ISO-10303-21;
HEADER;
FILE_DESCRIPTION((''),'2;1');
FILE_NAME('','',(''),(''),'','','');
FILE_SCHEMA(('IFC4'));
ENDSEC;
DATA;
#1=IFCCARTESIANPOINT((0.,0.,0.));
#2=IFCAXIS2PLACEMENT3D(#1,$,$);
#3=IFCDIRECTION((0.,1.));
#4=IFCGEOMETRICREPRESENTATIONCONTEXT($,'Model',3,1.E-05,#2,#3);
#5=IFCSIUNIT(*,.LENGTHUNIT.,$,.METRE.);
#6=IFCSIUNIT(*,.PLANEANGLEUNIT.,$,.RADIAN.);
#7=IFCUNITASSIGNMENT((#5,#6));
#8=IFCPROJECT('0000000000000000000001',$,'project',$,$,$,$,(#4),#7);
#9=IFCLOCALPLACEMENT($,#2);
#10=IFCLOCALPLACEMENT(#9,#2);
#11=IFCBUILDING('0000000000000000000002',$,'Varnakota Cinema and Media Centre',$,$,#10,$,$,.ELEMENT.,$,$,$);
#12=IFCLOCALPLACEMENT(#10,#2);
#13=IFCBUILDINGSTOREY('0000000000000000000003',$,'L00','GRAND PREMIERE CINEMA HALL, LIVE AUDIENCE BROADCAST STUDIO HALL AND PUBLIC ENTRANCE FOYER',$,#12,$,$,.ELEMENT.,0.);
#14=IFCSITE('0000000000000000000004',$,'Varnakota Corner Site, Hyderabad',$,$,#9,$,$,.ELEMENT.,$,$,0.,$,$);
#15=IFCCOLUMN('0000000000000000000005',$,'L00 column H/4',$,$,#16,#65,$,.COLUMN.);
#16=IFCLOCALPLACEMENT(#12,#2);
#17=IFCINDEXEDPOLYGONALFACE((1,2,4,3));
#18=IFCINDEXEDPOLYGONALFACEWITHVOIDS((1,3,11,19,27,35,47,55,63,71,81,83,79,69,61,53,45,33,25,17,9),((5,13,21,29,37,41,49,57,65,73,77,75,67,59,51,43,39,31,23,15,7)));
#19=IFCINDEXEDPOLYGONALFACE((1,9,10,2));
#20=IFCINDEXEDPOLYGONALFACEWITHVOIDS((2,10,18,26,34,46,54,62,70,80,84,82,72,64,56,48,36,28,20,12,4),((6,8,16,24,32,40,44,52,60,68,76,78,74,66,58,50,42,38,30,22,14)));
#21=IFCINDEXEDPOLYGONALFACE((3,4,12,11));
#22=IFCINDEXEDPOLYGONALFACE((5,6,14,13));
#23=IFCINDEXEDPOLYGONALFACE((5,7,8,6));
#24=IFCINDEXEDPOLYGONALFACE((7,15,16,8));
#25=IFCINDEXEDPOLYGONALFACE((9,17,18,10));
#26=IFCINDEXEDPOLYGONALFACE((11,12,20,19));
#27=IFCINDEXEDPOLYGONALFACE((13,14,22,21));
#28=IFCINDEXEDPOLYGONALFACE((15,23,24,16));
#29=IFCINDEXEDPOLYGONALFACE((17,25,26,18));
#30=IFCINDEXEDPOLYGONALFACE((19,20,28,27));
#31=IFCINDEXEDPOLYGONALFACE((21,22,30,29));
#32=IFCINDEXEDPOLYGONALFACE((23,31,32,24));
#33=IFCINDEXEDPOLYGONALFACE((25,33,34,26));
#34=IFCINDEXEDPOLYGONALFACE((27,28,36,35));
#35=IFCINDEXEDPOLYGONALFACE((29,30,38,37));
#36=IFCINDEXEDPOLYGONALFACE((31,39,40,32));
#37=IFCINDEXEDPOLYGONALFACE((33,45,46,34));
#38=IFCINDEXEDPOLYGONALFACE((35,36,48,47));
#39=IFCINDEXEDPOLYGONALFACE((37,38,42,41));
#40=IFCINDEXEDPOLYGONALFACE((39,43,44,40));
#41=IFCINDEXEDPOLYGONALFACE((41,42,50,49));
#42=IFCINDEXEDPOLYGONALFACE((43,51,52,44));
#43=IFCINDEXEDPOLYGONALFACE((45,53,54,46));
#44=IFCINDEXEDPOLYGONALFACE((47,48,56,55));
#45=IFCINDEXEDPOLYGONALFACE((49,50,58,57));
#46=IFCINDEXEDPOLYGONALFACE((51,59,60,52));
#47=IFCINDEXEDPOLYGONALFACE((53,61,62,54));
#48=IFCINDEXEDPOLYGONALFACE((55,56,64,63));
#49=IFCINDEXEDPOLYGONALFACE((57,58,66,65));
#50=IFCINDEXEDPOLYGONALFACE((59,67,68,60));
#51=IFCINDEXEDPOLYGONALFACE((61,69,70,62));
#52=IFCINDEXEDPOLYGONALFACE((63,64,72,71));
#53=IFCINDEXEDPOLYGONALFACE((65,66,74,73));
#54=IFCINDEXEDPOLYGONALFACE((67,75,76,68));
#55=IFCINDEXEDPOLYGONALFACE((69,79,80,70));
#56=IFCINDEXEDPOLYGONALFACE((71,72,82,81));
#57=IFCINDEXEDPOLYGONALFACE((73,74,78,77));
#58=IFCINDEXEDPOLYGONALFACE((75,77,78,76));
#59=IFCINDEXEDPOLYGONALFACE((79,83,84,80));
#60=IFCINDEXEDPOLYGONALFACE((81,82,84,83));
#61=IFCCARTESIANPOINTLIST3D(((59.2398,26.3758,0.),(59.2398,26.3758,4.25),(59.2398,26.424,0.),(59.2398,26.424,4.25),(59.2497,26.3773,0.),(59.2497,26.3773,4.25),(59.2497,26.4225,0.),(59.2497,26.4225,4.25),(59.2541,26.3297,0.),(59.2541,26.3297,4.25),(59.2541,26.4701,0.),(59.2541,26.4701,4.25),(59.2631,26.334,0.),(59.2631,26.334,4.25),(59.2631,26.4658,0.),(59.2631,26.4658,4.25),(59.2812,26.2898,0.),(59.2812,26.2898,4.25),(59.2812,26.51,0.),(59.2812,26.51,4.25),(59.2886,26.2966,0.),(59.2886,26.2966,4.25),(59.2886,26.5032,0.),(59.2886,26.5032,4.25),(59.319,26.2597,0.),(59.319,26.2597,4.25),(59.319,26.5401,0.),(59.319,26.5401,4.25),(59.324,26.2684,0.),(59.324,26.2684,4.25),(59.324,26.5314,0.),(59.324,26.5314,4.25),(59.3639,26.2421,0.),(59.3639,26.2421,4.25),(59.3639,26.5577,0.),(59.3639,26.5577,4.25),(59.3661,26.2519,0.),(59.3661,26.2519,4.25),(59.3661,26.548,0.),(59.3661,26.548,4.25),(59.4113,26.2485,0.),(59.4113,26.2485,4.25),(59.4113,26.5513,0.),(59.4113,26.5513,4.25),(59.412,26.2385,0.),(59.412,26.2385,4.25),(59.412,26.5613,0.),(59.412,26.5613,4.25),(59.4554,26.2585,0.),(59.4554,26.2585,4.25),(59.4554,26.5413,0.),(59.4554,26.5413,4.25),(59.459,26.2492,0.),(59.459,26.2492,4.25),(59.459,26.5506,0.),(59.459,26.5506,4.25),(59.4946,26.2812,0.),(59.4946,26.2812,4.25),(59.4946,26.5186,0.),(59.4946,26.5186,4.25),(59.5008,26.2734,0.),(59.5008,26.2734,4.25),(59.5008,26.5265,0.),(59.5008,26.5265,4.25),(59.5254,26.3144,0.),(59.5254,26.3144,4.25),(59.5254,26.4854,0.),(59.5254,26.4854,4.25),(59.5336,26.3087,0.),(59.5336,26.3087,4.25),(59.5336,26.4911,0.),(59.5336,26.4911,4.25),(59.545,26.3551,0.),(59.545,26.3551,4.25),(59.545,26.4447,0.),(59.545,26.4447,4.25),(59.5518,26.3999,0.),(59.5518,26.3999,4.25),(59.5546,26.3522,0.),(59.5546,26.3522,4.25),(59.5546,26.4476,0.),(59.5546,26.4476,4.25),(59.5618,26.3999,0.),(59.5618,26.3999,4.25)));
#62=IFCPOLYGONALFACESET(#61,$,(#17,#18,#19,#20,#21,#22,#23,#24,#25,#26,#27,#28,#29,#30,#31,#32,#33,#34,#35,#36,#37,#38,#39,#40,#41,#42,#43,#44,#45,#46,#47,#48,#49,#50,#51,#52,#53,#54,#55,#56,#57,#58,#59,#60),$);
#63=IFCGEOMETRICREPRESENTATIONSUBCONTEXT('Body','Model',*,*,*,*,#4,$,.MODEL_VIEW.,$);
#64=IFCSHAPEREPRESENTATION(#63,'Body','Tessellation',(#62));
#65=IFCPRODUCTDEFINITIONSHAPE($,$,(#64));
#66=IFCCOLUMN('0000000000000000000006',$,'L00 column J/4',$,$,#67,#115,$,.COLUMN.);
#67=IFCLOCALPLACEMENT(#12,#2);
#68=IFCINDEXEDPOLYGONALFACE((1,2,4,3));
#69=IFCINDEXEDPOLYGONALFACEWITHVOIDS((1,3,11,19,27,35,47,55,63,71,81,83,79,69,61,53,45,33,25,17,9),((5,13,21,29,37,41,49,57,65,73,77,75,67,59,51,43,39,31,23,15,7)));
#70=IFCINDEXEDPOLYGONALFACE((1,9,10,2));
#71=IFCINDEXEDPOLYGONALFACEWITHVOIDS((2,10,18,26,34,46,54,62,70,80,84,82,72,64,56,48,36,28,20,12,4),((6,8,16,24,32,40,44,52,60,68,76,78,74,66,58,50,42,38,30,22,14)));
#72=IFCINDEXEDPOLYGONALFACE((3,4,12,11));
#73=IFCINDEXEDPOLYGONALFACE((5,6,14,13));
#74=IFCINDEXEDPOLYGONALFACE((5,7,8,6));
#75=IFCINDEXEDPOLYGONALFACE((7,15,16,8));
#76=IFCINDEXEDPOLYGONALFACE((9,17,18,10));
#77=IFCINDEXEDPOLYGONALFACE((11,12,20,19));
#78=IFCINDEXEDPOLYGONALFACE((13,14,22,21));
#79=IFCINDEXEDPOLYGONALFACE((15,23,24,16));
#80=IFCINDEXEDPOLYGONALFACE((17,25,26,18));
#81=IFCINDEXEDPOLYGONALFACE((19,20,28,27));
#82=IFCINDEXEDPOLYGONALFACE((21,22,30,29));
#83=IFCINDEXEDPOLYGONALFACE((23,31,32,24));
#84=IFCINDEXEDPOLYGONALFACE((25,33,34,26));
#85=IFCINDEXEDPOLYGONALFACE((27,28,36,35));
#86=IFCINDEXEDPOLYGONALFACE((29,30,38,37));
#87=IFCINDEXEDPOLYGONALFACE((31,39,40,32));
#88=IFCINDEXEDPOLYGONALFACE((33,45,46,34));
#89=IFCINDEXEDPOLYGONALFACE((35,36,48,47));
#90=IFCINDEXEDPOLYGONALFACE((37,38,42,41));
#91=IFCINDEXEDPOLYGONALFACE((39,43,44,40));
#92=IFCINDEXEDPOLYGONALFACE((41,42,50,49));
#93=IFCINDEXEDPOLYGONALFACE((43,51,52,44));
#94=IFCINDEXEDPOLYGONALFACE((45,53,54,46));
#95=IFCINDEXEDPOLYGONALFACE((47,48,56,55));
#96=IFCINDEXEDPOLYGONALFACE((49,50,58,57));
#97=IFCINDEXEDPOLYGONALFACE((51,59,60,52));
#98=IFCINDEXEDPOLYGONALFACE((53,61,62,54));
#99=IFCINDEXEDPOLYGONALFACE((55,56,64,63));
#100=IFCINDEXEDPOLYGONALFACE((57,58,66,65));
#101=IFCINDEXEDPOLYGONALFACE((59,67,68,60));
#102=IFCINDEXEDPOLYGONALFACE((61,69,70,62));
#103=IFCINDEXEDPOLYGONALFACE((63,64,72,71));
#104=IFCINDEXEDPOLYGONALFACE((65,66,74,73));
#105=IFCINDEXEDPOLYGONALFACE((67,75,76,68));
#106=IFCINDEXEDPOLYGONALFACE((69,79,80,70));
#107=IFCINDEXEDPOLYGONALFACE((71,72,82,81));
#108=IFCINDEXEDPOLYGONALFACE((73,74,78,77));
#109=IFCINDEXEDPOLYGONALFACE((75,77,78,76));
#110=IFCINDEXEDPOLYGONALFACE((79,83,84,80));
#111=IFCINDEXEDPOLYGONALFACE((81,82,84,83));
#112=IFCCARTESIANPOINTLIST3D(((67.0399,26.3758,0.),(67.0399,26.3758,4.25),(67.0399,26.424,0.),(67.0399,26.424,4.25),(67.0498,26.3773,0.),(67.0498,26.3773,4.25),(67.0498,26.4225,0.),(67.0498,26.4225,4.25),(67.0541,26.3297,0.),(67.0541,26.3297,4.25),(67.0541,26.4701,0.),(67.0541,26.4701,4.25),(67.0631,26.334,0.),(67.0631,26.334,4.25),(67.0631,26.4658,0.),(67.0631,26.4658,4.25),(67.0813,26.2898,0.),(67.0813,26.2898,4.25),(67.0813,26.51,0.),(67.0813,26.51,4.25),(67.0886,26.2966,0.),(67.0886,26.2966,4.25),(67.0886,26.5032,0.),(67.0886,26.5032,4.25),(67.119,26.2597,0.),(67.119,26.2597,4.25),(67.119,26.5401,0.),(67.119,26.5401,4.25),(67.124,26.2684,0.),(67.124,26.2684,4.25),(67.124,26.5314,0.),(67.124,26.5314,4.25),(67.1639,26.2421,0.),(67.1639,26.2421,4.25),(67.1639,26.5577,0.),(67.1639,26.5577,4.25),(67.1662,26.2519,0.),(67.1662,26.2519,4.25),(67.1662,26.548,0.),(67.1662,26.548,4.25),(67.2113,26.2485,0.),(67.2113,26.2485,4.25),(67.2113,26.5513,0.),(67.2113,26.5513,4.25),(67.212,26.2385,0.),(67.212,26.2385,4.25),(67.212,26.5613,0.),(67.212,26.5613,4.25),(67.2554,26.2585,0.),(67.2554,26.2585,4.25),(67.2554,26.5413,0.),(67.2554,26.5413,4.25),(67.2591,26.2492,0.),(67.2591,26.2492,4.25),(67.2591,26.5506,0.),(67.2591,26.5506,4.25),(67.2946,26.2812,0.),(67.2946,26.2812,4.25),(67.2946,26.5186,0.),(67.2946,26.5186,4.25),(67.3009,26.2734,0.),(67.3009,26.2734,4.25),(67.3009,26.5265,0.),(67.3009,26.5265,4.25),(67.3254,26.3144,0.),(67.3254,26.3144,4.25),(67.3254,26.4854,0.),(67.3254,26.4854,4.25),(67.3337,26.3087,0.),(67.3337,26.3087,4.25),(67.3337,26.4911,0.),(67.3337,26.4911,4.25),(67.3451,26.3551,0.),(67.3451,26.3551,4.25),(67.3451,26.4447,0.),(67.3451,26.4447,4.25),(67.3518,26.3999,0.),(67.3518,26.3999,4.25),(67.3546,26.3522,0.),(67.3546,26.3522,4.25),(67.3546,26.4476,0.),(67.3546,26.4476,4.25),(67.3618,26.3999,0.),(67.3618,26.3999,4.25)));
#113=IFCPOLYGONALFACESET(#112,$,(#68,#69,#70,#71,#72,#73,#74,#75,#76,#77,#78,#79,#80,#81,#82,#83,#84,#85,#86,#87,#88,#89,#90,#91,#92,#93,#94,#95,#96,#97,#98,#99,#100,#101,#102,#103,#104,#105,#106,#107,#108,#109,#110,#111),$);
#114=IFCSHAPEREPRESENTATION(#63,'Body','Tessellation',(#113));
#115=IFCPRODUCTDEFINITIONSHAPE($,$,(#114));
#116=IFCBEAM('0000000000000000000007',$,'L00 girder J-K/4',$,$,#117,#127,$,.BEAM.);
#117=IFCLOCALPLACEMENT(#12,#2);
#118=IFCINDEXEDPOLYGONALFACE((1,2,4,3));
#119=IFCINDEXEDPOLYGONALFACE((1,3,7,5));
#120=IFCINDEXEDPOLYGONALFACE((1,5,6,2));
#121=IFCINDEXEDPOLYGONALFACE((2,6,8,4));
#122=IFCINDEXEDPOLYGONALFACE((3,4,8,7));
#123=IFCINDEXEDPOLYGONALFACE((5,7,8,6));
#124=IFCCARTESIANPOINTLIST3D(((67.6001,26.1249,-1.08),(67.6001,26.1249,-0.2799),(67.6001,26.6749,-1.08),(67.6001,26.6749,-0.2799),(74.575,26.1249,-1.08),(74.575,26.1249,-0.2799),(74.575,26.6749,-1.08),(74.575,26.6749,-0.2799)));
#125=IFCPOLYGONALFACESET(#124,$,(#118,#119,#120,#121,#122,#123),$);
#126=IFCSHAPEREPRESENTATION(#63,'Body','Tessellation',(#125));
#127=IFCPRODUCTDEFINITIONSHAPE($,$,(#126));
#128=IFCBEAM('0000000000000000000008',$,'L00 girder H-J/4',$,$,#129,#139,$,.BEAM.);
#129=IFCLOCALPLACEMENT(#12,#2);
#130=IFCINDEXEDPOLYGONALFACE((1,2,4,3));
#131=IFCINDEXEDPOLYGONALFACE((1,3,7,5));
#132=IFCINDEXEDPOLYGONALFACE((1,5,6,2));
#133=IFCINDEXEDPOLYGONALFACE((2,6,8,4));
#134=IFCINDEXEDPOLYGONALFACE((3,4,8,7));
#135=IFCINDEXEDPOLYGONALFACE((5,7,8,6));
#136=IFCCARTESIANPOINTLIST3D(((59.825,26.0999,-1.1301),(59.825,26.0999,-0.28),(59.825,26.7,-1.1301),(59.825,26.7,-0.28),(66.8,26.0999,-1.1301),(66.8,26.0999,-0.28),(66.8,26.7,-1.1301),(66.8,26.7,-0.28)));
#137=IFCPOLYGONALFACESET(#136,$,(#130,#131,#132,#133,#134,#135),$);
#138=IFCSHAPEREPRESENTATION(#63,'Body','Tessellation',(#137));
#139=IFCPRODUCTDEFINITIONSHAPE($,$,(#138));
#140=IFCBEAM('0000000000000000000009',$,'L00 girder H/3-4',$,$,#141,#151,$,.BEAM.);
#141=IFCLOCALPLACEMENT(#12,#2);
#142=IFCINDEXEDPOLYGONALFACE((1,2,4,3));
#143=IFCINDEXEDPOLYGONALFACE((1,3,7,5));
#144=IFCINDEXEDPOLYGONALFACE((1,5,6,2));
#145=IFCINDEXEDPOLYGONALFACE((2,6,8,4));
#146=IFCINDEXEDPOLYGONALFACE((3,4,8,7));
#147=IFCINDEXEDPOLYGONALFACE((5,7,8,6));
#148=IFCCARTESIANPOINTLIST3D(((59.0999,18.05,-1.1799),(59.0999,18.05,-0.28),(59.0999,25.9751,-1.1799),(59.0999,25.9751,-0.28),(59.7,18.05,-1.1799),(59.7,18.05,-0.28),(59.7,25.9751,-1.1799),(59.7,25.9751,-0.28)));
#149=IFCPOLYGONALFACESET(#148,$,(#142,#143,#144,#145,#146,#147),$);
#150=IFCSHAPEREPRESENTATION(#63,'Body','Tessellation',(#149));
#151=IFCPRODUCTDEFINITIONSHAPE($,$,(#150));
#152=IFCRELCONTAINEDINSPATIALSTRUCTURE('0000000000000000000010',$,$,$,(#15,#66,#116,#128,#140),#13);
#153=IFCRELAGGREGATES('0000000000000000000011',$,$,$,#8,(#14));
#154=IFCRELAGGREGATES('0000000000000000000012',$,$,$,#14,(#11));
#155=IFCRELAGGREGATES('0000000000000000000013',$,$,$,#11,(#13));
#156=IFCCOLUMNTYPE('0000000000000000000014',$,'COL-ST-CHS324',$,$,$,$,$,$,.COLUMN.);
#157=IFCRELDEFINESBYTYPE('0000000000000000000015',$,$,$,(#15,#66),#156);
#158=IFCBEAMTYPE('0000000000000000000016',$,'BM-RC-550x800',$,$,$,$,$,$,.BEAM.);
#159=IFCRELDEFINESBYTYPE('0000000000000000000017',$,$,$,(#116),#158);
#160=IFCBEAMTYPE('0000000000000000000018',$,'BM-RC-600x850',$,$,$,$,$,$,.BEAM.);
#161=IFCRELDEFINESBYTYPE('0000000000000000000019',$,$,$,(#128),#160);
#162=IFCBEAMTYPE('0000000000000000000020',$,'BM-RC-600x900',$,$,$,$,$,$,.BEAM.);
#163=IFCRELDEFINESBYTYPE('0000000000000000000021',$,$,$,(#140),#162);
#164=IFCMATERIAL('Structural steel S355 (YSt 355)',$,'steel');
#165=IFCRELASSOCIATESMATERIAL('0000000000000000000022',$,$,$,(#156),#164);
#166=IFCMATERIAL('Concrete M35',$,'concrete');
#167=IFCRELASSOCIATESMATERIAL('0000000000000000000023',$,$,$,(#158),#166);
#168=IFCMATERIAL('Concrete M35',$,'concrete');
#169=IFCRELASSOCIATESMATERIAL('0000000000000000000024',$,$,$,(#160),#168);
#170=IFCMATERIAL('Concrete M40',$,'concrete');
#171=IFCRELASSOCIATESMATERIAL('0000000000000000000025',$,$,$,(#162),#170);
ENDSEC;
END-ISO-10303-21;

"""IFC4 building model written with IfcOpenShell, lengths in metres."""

from ifc_helpers import new_model, si_unit, direction, frame, origin, origin_2d, place, context, subcontext, project, spatial, rectangle, hollow_circle, extrude, material, material_profile, profile_set, type_object, element, save


model = new_model("IFC4")

# Units and contexts
model_context = context("Model", 3, precision=1e-05, world=origin(), true_north=direction((0.0, 1.0)))
body_context = subcontext(model_context, "Body", "Model", "MODEL_VIEW")
ifc_project = project(units=[si_unit("LENGTHUNIT", "METRE"), si_unit("PLANEANGLEUNIT", "RADIAN")], contexts=[model_context])

# Site, building, storey
site_placement = place(None, origin())
site = spatial("IfcSite", under=ifc_project, at=site_placement, Name="Varnakota Corner Site, Hyderabad", CompositionType="ELEMENT", RefElevation=0.0)
building_placement = place(site_placement, origin())
building = spatial("IfcBuilding", under=site, at=building_placement, Name="Varnakota Cinema and Media Centre", CompositionType="ELEMENT")
storey_placement = place(building_placement, origin())
storey = spatial("IfcBuildingStorey", under=building, at=storey_placement, Name="L00", Description="GRAND PREMIERE CINEMA HALL, LIVE AUDIENCE BROADCAST STUDIO HALL AND PUBLIC ENTRANCE FOYER", CompositionType="ELEMENT", Elevation=0.0)

# Columns
ifc_material_1 = material(Name="Structural steel S355 (YSt 355)", Category="steel")
ifc_material_profile_1 = material_profile(ifc_material_1, hollow_circle(Radius=0.1619, WallThickness=0.01, at=origin_2d()), Name="CHS 323.9x10.0")
ifc_profile_set_1 = profile_set([ifc_material_profile_1], Name="Structural steel S355 (YSt 355)")
column_type = type_object("IfcColumnType", Name="COL-ST-CHS324", PredefinedType="COLUMN", material=ifc_profile_set_1)
for number, where, z_axis, x_axis, name in (
    (1, (59.3999, 26.3999, 0.0), (0.0, 0.0, 1.0), (1.0, 0.0, 0.0), "L00 column H/4"),
    (2, (67.2, 26.3999, 0.0), (0.0, 0.0, 1.0), (1.0, 0.0, 0.0), "L00 column J/4"),
):
    element("IfcColumn", number, at=place(storey_placement, frame(where, z_axis=z_axis, x_axis=x_axis)), inside=storey, type_object=column_type, Name=name, PredefinedType="COLUMN", context=body_context, shape_type="SweptSolid", body=[
        extrude(hollow_circle(Radius=0.1619, WallThickness=0.01, at=origin_2d()), origin(), (0.0, 0.0, 1.0), 4.25),
    ])

# Beams
ifc_material_2 = material(Name="Concrete M35", Category="concrete")
ifc_material_profile_2 = material_profile(ifc_material_2, rectangle(XDim=0.55, YDim=0.8, at=origin_2d()), Name="RCB 550x800")
ifc_profile_set_2 = profile_set([ifc_material_profile_2], Name="Concrete M35")
beam_type_1 = type_object("IfcBeamType", Name="BM-RC-550x800", PredefinedType="BEAM", material=ifc_profile_set_2)
beam_1_placement = place(storey_placement, frame((67.6001, 26.3999, -0.6799), z_axis=(1.0, 0.0, 0.0), x_axis=(0.0, 1.0, 0.0)))
element("IfcBeam", 3, at=beam_1_placement, inside=storey, type_object=beam_type_1, Name="L00 girder J-K/4", PredefinedType="BEAM", context=body_context, shape_type="SweptSolid", body=[
    extrude(rectangle(XDim=0.55, YDim=0.8, at=origin_2d()), origin(), (0.0, 0.0, 1.0), 6.9749),
])
ifc_material_3 = material(Name="Concrete M35", Category="concrete")
ifc_material_profile_3 = material_profile(ifc_material_3, rectangle(XDim=0.6001, YDim=0.8501, at=origin_2d()), Name="RCB 600x850")
ifc_profile_set_3 = profile_set([ifc_material_profile_3], Name="Concrete M35")
beam_type_2 = type_object("IfcBeamType", Name="BM-RC-600x850", PredefinedType="BEAM", material=ifc_profile_set_3)
beam_2_placement = place(storey_placement, frame((59.825, 26.3999, -0.7051), z_axis=(1.0, 0.0, 0.0), x_axis=(0.0, 1.0, 0.0)))
element("IfcBeam", 4, at=beam_2_placement, inside=storey, type_object=beam_type_2, Name="L00 girder H-J/4", PredefinedType="BEAM", context=body_context, shape_type="SweptSolid", body=[
    extrude(rectangle(XDim=0.6001, YDim=0.8501, at=origin_2d()), origin(), (0.0, 0.0, 1.0), 6.9751),
])
ifc_material_4 = material(Name="Concrete M40", Category="concrete")
ifc_material_profile_4 = material_profile(ifc_material_4, rectangle(XDim=0.6001, YDim=0.8999, at=origin_2d()), Name="RCB 600x900")
ifc_profile_set_4 = profile_set([ifc_material_profile_4], Name="Concrete M40")
beam_type_3 = type_object("IfcBeamType", Name="BM-RC-600x900", PredefinedType="BEAM", material=ifc_profile_set_4)
beam_3_placement = place(storey_placement, frame((59.3999, 18.05, -0.73), z_axis=(0.0, 1.0, 0.0), x_axis=(-1.0, 0.0, 0.0)))
element("IfcBeam", 5, at=beam_3_placement, inside=storey, type_object=beam_type_3, Name="L00 girder H/3-4", PredefinedType="BEAM", context=body_context, shape_type="SweptSolid", body=[
    extrude(rectangle(XDim=0.6001, YDim=0.8999, at=origin_2d()), origin(), (0.0, 0.0, 1.0), 7.925),
])

save(model, "model.ifc")
